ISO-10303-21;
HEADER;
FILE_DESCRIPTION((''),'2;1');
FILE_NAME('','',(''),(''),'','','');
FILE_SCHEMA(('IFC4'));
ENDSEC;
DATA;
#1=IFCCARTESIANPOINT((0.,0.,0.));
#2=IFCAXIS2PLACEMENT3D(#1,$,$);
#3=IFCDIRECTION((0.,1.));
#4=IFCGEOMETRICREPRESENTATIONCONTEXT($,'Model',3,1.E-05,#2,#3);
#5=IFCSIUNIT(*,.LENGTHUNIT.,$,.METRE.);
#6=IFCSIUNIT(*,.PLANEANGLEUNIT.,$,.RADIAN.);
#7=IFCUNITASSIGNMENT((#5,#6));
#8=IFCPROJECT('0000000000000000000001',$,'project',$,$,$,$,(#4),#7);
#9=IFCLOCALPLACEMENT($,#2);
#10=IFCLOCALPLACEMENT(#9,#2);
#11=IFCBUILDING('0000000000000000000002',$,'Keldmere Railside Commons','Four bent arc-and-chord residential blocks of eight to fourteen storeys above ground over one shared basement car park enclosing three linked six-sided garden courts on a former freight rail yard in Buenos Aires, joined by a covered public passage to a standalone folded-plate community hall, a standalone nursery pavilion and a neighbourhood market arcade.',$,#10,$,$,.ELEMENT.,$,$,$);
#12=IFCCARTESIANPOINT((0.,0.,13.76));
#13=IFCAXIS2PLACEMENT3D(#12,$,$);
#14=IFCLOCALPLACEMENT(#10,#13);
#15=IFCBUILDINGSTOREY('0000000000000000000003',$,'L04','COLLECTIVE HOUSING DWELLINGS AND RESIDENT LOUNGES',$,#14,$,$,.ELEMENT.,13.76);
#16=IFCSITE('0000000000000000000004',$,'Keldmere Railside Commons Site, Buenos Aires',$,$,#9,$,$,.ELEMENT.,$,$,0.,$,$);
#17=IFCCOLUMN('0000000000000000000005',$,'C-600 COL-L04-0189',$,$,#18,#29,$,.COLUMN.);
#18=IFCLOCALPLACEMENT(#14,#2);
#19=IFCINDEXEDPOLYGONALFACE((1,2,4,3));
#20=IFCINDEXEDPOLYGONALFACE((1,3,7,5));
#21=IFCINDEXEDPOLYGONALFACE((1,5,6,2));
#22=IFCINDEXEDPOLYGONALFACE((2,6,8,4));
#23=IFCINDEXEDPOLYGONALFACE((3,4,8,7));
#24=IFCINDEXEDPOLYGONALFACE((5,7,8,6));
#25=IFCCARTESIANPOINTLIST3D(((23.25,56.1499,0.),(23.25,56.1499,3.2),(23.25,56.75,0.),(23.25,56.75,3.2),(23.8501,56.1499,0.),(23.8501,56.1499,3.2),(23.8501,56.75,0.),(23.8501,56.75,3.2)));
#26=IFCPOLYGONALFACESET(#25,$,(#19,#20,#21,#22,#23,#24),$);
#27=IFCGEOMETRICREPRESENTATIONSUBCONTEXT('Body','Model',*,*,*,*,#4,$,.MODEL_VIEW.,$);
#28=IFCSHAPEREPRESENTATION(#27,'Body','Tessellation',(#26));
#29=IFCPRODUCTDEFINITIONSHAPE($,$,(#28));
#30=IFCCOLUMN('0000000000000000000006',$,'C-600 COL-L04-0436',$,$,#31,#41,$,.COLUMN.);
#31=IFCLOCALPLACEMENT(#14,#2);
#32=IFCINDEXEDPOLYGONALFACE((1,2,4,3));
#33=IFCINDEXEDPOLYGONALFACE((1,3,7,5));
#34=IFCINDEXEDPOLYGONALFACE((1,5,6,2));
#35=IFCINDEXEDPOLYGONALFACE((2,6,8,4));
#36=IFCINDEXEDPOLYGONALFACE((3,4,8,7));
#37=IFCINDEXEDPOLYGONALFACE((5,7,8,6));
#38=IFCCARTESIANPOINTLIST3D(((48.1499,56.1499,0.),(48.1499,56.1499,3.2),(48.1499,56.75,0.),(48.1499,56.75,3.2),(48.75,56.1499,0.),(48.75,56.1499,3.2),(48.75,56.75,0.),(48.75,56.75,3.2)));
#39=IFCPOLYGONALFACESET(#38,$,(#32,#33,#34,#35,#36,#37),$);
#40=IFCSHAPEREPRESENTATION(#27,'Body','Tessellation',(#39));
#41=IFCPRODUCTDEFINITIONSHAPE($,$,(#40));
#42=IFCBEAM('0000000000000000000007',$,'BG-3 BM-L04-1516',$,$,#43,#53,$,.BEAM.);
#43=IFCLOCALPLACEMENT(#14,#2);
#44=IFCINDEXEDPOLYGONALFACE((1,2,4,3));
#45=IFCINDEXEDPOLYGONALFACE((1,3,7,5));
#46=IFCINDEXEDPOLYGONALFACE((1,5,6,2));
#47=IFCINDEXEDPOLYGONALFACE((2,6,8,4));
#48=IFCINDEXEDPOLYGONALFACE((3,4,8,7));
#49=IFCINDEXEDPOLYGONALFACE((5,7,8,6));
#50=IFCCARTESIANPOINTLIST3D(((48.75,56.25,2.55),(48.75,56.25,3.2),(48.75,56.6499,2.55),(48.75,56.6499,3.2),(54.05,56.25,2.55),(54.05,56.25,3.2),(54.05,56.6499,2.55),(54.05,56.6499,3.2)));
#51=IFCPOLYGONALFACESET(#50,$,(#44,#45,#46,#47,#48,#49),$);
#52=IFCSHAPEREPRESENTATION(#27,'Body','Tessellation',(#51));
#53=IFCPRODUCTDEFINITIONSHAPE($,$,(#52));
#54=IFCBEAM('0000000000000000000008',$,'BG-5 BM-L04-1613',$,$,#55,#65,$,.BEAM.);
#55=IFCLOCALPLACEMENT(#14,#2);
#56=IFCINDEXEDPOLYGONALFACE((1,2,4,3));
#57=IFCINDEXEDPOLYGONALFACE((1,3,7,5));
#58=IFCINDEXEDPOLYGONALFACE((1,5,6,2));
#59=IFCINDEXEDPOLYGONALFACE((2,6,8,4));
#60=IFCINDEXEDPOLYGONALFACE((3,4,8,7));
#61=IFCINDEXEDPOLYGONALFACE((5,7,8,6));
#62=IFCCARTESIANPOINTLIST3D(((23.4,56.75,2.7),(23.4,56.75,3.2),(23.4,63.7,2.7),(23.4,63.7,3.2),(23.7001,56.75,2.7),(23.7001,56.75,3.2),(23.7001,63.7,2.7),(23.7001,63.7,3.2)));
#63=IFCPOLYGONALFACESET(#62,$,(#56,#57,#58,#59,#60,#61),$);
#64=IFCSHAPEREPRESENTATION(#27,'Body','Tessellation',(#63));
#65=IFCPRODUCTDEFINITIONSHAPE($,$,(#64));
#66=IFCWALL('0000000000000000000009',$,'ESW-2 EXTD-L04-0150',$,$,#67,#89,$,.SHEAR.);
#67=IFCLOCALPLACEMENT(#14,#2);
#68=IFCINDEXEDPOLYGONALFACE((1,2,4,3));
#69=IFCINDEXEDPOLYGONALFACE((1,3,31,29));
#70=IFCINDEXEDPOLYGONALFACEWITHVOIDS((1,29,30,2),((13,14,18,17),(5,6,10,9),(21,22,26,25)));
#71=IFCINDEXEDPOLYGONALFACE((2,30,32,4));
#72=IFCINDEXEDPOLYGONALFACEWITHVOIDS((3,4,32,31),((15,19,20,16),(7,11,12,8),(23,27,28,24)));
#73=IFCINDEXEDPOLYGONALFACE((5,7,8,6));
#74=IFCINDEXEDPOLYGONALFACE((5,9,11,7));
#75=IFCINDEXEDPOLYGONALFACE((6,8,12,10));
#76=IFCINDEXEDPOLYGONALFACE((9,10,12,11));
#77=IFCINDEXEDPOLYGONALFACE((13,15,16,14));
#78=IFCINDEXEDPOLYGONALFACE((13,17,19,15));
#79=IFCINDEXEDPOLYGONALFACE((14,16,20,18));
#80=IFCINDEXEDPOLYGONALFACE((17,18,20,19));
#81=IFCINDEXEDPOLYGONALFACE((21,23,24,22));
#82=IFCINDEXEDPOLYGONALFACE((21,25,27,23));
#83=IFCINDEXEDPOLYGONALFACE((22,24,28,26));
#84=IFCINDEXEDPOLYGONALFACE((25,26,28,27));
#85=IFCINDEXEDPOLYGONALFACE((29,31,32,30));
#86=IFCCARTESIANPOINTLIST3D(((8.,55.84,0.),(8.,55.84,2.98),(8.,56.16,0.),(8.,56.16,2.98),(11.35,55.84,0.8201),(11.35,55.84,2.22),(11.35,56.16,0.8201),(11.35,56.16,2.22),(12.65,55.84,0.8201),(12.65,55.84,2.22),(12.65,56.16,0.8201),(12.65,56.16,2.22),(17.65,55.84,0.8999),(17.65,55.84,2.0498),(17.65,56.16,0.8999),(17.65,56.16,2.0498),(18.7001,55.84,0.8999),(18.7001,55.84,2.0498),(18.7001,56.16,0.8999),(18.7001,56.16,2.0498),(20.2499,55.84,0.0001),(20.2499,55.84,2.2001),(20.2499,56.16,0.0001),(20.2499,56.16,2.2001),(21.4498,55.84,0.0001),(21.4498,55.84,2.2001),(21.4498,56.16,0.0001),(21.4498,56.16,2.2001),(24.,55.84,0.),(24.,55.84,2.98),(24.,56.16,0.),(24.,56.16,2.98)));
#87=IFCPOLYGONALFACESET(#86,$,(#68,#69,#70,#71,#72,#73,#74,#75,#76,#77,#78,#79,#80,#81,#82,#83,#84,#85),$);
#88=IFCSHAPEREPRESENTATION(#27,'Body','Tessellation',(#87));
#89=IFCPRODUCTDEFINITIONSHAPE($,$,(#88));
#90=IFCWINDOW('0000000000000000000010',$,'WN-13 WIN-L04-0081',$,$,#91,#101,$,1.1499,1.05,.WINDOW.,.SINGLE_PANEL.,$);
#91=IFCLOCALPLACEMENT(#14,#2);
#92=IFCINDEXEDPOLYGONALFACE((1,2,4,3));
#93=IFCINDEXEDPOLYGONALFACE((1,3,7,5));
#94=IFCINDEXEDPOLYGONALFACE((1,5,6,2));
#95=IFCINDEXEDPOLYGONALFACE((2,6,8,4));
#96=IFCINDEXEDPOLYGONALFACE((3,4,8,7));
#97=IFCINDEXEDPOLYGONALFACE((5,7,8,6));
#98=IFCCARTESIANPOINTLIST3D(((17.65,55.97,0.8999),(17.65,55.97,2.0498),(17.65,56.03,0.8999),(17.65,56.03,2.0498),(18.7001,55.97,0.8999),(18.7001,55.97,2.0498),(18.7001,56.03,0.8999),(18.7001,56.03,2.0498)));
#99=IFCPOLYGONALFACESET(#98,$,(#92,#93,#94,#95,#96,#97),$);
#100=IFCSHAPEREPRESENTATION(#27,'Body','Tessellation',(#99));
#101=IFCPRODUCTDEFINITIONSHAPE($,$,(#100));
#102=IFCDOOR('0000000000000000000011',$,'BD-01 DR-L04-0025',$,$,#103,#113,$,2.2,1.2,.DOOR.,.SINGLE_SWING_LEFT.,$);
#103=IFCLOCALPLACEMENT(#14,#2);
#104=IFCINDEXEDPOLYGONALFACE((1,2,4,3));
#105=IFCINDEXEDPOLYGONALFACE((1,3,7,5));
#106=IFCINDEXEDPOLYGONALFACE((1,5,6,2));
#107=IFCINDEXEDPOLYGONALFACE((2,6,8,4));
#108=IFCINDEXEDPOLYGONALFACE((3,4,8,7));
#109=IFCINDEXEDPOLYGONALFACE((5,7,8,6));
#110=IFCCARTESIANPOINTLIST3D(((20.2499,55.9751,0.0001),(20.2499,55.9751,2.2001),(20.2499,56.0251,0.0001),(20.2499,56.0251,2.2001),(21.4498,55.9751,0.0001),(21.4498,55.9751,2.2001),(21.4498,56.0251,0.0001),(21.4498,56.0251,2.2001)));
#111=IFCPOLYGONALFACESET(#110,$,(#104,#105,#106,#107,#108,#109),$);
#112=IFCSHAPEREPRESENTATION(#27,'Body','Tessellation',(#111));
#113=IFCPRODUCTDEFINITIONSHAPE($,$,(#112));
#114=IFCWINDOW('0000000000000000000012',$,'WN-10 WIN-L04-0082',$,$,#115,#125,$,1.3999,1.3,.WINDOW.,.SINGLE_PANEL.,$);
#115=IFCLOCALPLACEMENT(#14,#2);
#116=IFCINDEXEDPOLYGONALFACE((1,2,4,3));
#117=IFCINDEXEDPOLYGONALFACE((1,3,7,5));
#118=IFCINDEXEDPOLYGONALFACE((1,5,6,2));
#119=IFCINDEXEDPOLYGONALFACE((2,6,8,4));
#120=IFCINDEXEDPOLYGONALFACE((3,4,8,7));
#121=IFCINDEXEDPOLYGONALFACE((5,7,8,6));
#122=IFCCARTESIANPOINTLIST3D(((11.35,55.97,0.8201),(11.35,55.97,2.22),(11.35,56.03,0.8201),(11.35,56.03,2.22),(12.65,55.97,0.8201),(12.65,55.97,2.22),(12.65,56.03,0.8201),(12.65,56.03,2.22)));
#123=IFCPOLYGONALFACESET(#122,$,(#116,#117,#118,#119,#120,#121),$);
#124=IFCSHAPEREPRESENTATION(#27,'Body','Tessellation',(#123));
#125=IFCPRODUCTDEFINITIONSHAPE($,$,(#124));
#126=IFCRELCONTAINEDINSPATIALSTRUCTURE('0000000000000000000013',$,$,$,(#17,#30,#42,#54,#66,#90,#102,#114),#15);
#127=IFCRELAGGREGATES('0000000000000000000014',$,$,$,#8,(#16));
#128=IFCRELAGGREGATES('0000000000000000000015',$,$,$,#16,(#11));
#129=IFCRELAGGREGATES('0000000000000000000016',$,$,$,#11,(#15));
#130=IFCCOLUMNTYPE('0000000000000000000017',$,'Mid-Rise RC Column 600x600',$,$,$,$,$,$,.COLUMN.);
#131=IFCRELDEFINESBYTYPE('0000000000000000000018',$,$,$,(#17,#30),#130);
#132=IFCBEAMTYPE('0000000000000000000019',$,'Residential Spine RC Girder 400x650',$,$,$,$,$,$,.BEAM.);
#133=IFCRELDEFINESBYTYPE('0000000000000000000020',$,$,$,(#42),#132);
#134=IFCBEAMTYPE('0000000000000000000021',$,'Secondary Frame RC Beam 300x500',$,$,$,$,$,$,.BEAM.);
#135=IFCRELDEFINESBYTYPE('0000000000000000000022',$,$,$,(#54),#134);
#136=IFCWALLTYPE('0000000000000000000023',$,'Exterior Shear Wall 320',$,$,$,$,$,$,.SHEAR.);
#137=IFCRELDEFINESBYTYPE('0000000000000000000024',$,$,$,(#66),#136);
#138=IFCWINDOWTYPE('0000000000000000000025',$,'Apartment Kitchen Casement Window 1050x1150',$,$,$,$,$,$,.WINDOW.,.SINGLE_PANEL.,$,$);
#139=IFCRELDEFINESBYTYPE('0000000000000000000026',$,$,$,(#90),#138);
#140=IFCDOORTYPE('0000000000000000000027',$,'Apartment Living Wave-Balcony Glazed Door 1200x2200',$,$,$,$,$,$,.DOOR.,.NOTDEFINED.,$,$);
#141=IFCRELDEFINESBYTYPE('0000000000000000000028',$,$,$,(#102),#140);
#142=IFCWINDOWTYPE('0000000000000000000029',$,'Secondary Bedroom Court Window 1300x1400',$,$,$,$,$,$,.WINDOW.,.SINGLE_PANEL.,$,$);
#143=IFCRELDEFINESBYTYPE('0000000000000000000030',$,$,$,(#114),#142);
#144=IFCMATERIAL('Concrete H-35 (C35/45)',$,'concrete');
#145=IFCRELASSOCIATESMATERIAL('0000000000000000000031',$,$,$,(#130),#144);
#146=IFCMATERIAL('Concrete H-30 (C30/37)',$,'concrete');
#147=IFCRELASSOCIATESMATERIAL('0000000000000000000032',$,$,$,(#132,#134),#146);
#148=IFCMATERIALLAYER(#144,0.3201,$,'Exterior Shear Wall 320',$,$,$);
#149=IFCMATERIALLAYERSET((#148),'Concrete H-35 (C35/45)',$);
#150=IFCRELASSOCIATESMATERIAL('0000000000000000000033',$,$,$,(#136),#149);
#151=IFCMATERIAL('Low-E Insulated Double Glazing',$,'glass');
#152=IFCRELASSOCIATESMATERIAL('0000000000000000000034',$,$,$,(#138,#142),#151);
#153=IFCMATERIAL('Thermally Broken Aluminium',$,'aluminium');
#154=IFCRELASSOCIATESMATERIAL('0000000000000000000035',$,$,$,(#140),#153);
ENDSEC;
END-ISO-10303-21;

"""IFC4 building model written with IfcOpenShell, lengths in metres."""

from ifc_helpers import new_model, si_unit, direction, frame, frame_2d, origin, origin_2d, place, context, subcontext, project, spatial, rectangle, extrude, material, layer, layer_set, material_profile, profile_set, type_object, element, fill, save


model = new_model("IFC4")

# Units and contexts
model_context = context("Model", 3, precision=1e-05, world=origin(), true_north=direction((0.0, 1.0)))
body_context = subcontext(model_context, "Body", "Model", "MODEL_VIEW")
ifc_project = project(units=[si_unit("LENGTHUNIT", "METRE"), si_unit("PLANEANGLEUNIT", "RADIAN")], contexts=[model_context])

# Site, building, storey
site_placement = place(None, origin())
site = spatial("IfcSite", under=ifc_project, at=site_placement, Name="Keldmere Railside Commons Site, Buenos Aires", CompositionType="ELEMENT", RefElevation=0.0)
building_placement = place(site_placement, origin())
building = spatial("IfcBuilding", under=site, at=building_placement, Name="Keldmere Railside Commons", Description="Four bent arc-and-chord residential blocks of eight to fourteen storeys above ground over one shared basement car park enclosing three linked six-sided garden courts on a former freight rail yard in Buenos Aires, joined by a covered public passage to a standalone folded-plate community hall, a standalone nursery pavilion and a neighbourhood market arcade.", CompositionType="ELEMENT")
storey_placement = place(building_placement, frame((0.0, 0.0, 13.76)))
storey = spatial("IfcBuildingStorey", under=building, at=storey_placement, Name="L04", Description="COLLECTIVE HOUSING DWELLINGS AND RESIDENT LOUNGES", CompositionType="ELEMENT", Elevation=13.76)

# Columns
ifc_material_1 = material(Name="Concrete H-35 (C35/45)", Category="concrete")
ifc_material_profile_1 = material_profile(ifc_material_1, rectangle(XDim=0.6001, YDim=0.6001, at=origin_2d()), Name="RC-600x600")
ifc_profile_set_1 = profile_set([ifc_material_profile_1], Name="Concrete H-35 (C35/45)")
column_type = type_object("IfcColumnType", Name="Mid-Rise RC Column 600x600", PredefinedType="COLUMN", material=ifc_profile_set_1)
for number, where, z_axis, x_axis, name in (
    (1, (23.55, 56.45, 0.0), (0.0, 0.0, 1.0), (1.0, 0.0, 0.0), "C-600 COL-L04-0189"),
    (2, (48.45, 56.45, 0.0), (0.0, 0.0, 1.0), (1.0, 0.0, 0.0), "C-600 COL-L04-0436"),
):
    element("IfcColumn", number, at=place(storey_placement, frame(where, z_axis=z_axis, x_axis=x_axis)), inside=storey, type_object=column_type, Name=name, PredefinedType="COLUMN", context=body_context, shape_type="SweptSolid", body=[
        extrude(rectangle(XDim=0.6001, YDim=0.6001, at=origin_2d()), origin(), (0.0, 0.0, 1.0), 3.2),
    ])

# Beams
ifc_material_2 = material(Name="Concrete H-30 (C30/37)", Category="concrete")
ifc_material_profile_2 = material_profile(ifc_material_2, rectangle(XDim=0.3999, YDim=0.6499, at=origin_2d()), Name="RC-400x650")
ifc_profile_set_2 = profile_set([ifc_material_profile_2], Name="Concrete H-30 (C30/37)")
beam_type_1 = type_object("IfcBeamType", Name="Residential Spine RC Girder 400x650", PredefinedType="BEAM", material=ifc_profile_set_2)
beam_1_placement = place(storey_placement, frame((48.75, 56.45, 2.875), z_axis=(1.0, 0.0, 0.0), x_axis=(0.0, 1.0, 0.0)))
element("IfcBeam", 3, at=beam_1_placement, inside=storey, type_object=beam_type_1, Name="BG-3 BM-L04-1516", PredefinedType="BEAM", context=body_context, shape_type="SweptSolid", body=[
    extrude(rectangle(XDim=0.3999, YDim=0.6499, at=origin_2d()), origin(), (0.0, 0.0, 1.0), 5.3),
])
ifc_material_profile_3 = material_profile(ifc_material_2, rectangle(XDim=0.3, YDim=0.5, at=origin_2d()), Name="RC-300x500")
ifc_profile_set_3 = profile_set([ifc_material_profile_3], Name="Concrete H-30 (C30/37)")
beam_type_2 = type_object("IfcBeamType", Name="Secondary Frame RC Beam 300x500", PredefinedType="BEAM", material=ifc_profile_set_3)
beam_2_placement = place(storey_placement, frame((23.55, 56.75, 2.95), z_axis=(0.0, 1.0, 0.0), x_axis=(-1.0, 0.0, 0.0)))
element("IfcBeam", 4, at=beam_2_placement, inside=storey, type_object=beam_type_2, Name="BG-5 BM-L04-1613", PredefinedType="BEAM", context=body_context, shape_type="SweptSolid", body=[
    extrude(rectangle(XDim=0.3, YDim=0.5, at=origin_2d()), origin(), (0.0, 0.0, 1.0), 6.95),
])

# Wall, openings, windows, door
ifc_layer_1 = layer(ifc_material_1, 0.3201, Name="Exterior Shear Wall 320")
ifc_layer_set_1 = layer_set([ifc_layer_1], Name="Concrete H-35 (C35/45)")
wall_type_1 = type_object("IfcWallType", Name="Exterior Shear Wall 320", PredefinedType="SHEAR", material=ifc_layer_set_1)
wall_1_placement = place(storey_placement, frame((24.0, 56.0, 0.0), z_axis=(0.0, 0.0, 1.0), x_axis=(-1.0, 0.0, 0.0)))
wall_1 = element("IfcWall", 5, at=wall_1_placement, inside=storey, type_object=wall_type_1, Name="ESW-2 EXTD-L04-0150", PredefinedType="SHEAR", context=body_context, shape_type="SweptSolid", body=[
    extrude(rectangle(XDim=16.0, YDim=0.3201, at=frame_2d((8.0, 0.0))), origin(), (0.0, 0.0, 1.0), 2.98),
])
opening_1_placement = place(wall_1_placement, frame((2.55, 0.0, 0.0)))
opening_1 = element("IfcOpeningElement", 6, at=opening_1_placement, cuts=wall_1, PredefinedType="OPENING", context=body_context, shape_type="SweptSolid", body=[
    extrude(rectangle(XDim=1.2, YDim=2.2, at=frame_2d((0.6001, 1.1001))), frame((0.0, 0.1699, 0.0), z_axis=(0.0, -1.0, 0.0), x_axis=(1.0, 0.0, 0.0)), (0.0, 0.0, 1.0), 0.3401),
])
opening_2_placement = place(wall_1_placement, frame((5.3, 0.0, 0.8999)))
opening_2 = element("IfcOpeningElement", 7, at=opening_2_placement, cuts=wall_1, PredefinedType="OPENING", context=body_context, shape_type="SweptSolid", body=[
    extrude(rectangle(XDim=1.05, YDim=1.1499, at=frame_2d((0.5249, 0.575))), frame((0.0, 0.1699, 0.0), z_axis=(0.0, -1.0, 0.0), x_axis=(1.0, 0.0, 0.0)), (0.0, 0.0, 1.0), 0.3401),
])
opening_3_placement = place(wall_1_placement, frame((11.3501, 0.0, 0.8201)))
opening_3 = element("IfcOpeningElement", 8, at=opening_3_placement, cuts=wall_1, PredefinedType="OPENING", context=body_context, shape_type="SweptSolid", body=[
    extrude(rectangle(XDim=1.3, YDim=1.3999, at=frame_2d((0.6499, 0.7))), frame((0.0, 0.1699, 0.0), z_axis=(0.0, -1.0, 0.0), x_axis=(1.0, 0.0, 0.0)), (0.0, 0.0, 1.0), 0.3401),
])
ifc_material_3 = material(Name="Low-E Insulated Double Glazing", Category="glass")
window_type_1 = type_object("IfcWindowType", Name="Apartment Kitchen Casement Window 1050x1150", PartitioningType="SINGLE_PANEL", PredefinedType="WINDOW", material=ifc_material_3)
window_1_placement = place(opening_2_placement, origin())
window_1 = element("IfcWindow", 9, at=window_1_placement, inside=storey, type_object=window_type_1, Name="WN-13 WIN-L04-0081", OverallHeight=1.1499, OverallWidth=1.05, PartitioningType="SINGLE_PANEL", PredefinedType="WINDOW", context=body_context, shape_type="SweptSolid", body=[
    extrude(rectangle(XDim=1.05, YDim=1.1499, at=frame_2d((0.5249, 0.575))), frame((0.0, 0.03, 0.0), z_axis=(0.0, -1.0, 0.0), x_axis=(1.0, 0.0, 0.0)), (0.0, 0.0, 1.0), 0.0601),
])
fill(opening_2, window_1)
ifc_material_4 = material(Name="Thermally Broken Aluminium", Category="aluminium")
door_type = type_object("IfcDoorType", Name="Apartment Living Wave-Balcony Glazed Door 1200x2200", OperationType="NOTDEFINED", PredefinedType="DOOR", material=ifc_material_4)
door_1_placement = place(opening_1_placement, origin())
door_1 = element("IfcDoor", 10, at=door_1_placement, inside=storey, type_object=door_type, Name="BD-01 DR-L04-0025", OperationType="SINGLE_SWING_LEFT", OverallHeight=2.2, OverallWidth=1.2, PredefinedType="DOOR", context=body_context, shape_type="SweptSolid", body=[
    extrude(rectangle(XDim=1.2, YDim=2.2, at=frame_2d((0.6001, 1.1001))), frame((0.0, 0.0249, 0.0), z_axis=(0.0, -1.0, 0.0), x_axis=(1.0, 0.0, 0.0)), (0.0, 0.0, 1.0), 0.05),
])
fill(opening_1, door_1)
window_type_2 = type_object("IfcWindowType", Name="Secondary Bedroom Court Window 1300x1400", PartitioningType="SINGLE_PANEL", PredefinedType="WINDOW", material=ifc_material_3)
window_2_placement = place(opening_3_placement, origin())
window_2 = element("IfcWindow", 11, at=window_2_placement, inside=storey, type_object=window_type_2, Name="WN-10 WIN-L04-0082", OverallHeight=1.3999, OverallWidth=1.3, PartitioningType="SINGLE_PANEL", PredefinedType="WINDOW", context=body_context, shape_type="SweptSolid", body=[
    extrude(rectangle(XDim=1.3, YDim=1.3999, at=frame_2d((0.6499, 0.7))), frame((0.0, 0.03, 0.0), z_axis=(0.0, -1.0, 0.0), x_axis=(1.0, 0.0, 0.0)), (0.0, 0.0, 1.0), 0.0601),
])
fill(opening_3, window_2)

save(model, "model.ifc")
